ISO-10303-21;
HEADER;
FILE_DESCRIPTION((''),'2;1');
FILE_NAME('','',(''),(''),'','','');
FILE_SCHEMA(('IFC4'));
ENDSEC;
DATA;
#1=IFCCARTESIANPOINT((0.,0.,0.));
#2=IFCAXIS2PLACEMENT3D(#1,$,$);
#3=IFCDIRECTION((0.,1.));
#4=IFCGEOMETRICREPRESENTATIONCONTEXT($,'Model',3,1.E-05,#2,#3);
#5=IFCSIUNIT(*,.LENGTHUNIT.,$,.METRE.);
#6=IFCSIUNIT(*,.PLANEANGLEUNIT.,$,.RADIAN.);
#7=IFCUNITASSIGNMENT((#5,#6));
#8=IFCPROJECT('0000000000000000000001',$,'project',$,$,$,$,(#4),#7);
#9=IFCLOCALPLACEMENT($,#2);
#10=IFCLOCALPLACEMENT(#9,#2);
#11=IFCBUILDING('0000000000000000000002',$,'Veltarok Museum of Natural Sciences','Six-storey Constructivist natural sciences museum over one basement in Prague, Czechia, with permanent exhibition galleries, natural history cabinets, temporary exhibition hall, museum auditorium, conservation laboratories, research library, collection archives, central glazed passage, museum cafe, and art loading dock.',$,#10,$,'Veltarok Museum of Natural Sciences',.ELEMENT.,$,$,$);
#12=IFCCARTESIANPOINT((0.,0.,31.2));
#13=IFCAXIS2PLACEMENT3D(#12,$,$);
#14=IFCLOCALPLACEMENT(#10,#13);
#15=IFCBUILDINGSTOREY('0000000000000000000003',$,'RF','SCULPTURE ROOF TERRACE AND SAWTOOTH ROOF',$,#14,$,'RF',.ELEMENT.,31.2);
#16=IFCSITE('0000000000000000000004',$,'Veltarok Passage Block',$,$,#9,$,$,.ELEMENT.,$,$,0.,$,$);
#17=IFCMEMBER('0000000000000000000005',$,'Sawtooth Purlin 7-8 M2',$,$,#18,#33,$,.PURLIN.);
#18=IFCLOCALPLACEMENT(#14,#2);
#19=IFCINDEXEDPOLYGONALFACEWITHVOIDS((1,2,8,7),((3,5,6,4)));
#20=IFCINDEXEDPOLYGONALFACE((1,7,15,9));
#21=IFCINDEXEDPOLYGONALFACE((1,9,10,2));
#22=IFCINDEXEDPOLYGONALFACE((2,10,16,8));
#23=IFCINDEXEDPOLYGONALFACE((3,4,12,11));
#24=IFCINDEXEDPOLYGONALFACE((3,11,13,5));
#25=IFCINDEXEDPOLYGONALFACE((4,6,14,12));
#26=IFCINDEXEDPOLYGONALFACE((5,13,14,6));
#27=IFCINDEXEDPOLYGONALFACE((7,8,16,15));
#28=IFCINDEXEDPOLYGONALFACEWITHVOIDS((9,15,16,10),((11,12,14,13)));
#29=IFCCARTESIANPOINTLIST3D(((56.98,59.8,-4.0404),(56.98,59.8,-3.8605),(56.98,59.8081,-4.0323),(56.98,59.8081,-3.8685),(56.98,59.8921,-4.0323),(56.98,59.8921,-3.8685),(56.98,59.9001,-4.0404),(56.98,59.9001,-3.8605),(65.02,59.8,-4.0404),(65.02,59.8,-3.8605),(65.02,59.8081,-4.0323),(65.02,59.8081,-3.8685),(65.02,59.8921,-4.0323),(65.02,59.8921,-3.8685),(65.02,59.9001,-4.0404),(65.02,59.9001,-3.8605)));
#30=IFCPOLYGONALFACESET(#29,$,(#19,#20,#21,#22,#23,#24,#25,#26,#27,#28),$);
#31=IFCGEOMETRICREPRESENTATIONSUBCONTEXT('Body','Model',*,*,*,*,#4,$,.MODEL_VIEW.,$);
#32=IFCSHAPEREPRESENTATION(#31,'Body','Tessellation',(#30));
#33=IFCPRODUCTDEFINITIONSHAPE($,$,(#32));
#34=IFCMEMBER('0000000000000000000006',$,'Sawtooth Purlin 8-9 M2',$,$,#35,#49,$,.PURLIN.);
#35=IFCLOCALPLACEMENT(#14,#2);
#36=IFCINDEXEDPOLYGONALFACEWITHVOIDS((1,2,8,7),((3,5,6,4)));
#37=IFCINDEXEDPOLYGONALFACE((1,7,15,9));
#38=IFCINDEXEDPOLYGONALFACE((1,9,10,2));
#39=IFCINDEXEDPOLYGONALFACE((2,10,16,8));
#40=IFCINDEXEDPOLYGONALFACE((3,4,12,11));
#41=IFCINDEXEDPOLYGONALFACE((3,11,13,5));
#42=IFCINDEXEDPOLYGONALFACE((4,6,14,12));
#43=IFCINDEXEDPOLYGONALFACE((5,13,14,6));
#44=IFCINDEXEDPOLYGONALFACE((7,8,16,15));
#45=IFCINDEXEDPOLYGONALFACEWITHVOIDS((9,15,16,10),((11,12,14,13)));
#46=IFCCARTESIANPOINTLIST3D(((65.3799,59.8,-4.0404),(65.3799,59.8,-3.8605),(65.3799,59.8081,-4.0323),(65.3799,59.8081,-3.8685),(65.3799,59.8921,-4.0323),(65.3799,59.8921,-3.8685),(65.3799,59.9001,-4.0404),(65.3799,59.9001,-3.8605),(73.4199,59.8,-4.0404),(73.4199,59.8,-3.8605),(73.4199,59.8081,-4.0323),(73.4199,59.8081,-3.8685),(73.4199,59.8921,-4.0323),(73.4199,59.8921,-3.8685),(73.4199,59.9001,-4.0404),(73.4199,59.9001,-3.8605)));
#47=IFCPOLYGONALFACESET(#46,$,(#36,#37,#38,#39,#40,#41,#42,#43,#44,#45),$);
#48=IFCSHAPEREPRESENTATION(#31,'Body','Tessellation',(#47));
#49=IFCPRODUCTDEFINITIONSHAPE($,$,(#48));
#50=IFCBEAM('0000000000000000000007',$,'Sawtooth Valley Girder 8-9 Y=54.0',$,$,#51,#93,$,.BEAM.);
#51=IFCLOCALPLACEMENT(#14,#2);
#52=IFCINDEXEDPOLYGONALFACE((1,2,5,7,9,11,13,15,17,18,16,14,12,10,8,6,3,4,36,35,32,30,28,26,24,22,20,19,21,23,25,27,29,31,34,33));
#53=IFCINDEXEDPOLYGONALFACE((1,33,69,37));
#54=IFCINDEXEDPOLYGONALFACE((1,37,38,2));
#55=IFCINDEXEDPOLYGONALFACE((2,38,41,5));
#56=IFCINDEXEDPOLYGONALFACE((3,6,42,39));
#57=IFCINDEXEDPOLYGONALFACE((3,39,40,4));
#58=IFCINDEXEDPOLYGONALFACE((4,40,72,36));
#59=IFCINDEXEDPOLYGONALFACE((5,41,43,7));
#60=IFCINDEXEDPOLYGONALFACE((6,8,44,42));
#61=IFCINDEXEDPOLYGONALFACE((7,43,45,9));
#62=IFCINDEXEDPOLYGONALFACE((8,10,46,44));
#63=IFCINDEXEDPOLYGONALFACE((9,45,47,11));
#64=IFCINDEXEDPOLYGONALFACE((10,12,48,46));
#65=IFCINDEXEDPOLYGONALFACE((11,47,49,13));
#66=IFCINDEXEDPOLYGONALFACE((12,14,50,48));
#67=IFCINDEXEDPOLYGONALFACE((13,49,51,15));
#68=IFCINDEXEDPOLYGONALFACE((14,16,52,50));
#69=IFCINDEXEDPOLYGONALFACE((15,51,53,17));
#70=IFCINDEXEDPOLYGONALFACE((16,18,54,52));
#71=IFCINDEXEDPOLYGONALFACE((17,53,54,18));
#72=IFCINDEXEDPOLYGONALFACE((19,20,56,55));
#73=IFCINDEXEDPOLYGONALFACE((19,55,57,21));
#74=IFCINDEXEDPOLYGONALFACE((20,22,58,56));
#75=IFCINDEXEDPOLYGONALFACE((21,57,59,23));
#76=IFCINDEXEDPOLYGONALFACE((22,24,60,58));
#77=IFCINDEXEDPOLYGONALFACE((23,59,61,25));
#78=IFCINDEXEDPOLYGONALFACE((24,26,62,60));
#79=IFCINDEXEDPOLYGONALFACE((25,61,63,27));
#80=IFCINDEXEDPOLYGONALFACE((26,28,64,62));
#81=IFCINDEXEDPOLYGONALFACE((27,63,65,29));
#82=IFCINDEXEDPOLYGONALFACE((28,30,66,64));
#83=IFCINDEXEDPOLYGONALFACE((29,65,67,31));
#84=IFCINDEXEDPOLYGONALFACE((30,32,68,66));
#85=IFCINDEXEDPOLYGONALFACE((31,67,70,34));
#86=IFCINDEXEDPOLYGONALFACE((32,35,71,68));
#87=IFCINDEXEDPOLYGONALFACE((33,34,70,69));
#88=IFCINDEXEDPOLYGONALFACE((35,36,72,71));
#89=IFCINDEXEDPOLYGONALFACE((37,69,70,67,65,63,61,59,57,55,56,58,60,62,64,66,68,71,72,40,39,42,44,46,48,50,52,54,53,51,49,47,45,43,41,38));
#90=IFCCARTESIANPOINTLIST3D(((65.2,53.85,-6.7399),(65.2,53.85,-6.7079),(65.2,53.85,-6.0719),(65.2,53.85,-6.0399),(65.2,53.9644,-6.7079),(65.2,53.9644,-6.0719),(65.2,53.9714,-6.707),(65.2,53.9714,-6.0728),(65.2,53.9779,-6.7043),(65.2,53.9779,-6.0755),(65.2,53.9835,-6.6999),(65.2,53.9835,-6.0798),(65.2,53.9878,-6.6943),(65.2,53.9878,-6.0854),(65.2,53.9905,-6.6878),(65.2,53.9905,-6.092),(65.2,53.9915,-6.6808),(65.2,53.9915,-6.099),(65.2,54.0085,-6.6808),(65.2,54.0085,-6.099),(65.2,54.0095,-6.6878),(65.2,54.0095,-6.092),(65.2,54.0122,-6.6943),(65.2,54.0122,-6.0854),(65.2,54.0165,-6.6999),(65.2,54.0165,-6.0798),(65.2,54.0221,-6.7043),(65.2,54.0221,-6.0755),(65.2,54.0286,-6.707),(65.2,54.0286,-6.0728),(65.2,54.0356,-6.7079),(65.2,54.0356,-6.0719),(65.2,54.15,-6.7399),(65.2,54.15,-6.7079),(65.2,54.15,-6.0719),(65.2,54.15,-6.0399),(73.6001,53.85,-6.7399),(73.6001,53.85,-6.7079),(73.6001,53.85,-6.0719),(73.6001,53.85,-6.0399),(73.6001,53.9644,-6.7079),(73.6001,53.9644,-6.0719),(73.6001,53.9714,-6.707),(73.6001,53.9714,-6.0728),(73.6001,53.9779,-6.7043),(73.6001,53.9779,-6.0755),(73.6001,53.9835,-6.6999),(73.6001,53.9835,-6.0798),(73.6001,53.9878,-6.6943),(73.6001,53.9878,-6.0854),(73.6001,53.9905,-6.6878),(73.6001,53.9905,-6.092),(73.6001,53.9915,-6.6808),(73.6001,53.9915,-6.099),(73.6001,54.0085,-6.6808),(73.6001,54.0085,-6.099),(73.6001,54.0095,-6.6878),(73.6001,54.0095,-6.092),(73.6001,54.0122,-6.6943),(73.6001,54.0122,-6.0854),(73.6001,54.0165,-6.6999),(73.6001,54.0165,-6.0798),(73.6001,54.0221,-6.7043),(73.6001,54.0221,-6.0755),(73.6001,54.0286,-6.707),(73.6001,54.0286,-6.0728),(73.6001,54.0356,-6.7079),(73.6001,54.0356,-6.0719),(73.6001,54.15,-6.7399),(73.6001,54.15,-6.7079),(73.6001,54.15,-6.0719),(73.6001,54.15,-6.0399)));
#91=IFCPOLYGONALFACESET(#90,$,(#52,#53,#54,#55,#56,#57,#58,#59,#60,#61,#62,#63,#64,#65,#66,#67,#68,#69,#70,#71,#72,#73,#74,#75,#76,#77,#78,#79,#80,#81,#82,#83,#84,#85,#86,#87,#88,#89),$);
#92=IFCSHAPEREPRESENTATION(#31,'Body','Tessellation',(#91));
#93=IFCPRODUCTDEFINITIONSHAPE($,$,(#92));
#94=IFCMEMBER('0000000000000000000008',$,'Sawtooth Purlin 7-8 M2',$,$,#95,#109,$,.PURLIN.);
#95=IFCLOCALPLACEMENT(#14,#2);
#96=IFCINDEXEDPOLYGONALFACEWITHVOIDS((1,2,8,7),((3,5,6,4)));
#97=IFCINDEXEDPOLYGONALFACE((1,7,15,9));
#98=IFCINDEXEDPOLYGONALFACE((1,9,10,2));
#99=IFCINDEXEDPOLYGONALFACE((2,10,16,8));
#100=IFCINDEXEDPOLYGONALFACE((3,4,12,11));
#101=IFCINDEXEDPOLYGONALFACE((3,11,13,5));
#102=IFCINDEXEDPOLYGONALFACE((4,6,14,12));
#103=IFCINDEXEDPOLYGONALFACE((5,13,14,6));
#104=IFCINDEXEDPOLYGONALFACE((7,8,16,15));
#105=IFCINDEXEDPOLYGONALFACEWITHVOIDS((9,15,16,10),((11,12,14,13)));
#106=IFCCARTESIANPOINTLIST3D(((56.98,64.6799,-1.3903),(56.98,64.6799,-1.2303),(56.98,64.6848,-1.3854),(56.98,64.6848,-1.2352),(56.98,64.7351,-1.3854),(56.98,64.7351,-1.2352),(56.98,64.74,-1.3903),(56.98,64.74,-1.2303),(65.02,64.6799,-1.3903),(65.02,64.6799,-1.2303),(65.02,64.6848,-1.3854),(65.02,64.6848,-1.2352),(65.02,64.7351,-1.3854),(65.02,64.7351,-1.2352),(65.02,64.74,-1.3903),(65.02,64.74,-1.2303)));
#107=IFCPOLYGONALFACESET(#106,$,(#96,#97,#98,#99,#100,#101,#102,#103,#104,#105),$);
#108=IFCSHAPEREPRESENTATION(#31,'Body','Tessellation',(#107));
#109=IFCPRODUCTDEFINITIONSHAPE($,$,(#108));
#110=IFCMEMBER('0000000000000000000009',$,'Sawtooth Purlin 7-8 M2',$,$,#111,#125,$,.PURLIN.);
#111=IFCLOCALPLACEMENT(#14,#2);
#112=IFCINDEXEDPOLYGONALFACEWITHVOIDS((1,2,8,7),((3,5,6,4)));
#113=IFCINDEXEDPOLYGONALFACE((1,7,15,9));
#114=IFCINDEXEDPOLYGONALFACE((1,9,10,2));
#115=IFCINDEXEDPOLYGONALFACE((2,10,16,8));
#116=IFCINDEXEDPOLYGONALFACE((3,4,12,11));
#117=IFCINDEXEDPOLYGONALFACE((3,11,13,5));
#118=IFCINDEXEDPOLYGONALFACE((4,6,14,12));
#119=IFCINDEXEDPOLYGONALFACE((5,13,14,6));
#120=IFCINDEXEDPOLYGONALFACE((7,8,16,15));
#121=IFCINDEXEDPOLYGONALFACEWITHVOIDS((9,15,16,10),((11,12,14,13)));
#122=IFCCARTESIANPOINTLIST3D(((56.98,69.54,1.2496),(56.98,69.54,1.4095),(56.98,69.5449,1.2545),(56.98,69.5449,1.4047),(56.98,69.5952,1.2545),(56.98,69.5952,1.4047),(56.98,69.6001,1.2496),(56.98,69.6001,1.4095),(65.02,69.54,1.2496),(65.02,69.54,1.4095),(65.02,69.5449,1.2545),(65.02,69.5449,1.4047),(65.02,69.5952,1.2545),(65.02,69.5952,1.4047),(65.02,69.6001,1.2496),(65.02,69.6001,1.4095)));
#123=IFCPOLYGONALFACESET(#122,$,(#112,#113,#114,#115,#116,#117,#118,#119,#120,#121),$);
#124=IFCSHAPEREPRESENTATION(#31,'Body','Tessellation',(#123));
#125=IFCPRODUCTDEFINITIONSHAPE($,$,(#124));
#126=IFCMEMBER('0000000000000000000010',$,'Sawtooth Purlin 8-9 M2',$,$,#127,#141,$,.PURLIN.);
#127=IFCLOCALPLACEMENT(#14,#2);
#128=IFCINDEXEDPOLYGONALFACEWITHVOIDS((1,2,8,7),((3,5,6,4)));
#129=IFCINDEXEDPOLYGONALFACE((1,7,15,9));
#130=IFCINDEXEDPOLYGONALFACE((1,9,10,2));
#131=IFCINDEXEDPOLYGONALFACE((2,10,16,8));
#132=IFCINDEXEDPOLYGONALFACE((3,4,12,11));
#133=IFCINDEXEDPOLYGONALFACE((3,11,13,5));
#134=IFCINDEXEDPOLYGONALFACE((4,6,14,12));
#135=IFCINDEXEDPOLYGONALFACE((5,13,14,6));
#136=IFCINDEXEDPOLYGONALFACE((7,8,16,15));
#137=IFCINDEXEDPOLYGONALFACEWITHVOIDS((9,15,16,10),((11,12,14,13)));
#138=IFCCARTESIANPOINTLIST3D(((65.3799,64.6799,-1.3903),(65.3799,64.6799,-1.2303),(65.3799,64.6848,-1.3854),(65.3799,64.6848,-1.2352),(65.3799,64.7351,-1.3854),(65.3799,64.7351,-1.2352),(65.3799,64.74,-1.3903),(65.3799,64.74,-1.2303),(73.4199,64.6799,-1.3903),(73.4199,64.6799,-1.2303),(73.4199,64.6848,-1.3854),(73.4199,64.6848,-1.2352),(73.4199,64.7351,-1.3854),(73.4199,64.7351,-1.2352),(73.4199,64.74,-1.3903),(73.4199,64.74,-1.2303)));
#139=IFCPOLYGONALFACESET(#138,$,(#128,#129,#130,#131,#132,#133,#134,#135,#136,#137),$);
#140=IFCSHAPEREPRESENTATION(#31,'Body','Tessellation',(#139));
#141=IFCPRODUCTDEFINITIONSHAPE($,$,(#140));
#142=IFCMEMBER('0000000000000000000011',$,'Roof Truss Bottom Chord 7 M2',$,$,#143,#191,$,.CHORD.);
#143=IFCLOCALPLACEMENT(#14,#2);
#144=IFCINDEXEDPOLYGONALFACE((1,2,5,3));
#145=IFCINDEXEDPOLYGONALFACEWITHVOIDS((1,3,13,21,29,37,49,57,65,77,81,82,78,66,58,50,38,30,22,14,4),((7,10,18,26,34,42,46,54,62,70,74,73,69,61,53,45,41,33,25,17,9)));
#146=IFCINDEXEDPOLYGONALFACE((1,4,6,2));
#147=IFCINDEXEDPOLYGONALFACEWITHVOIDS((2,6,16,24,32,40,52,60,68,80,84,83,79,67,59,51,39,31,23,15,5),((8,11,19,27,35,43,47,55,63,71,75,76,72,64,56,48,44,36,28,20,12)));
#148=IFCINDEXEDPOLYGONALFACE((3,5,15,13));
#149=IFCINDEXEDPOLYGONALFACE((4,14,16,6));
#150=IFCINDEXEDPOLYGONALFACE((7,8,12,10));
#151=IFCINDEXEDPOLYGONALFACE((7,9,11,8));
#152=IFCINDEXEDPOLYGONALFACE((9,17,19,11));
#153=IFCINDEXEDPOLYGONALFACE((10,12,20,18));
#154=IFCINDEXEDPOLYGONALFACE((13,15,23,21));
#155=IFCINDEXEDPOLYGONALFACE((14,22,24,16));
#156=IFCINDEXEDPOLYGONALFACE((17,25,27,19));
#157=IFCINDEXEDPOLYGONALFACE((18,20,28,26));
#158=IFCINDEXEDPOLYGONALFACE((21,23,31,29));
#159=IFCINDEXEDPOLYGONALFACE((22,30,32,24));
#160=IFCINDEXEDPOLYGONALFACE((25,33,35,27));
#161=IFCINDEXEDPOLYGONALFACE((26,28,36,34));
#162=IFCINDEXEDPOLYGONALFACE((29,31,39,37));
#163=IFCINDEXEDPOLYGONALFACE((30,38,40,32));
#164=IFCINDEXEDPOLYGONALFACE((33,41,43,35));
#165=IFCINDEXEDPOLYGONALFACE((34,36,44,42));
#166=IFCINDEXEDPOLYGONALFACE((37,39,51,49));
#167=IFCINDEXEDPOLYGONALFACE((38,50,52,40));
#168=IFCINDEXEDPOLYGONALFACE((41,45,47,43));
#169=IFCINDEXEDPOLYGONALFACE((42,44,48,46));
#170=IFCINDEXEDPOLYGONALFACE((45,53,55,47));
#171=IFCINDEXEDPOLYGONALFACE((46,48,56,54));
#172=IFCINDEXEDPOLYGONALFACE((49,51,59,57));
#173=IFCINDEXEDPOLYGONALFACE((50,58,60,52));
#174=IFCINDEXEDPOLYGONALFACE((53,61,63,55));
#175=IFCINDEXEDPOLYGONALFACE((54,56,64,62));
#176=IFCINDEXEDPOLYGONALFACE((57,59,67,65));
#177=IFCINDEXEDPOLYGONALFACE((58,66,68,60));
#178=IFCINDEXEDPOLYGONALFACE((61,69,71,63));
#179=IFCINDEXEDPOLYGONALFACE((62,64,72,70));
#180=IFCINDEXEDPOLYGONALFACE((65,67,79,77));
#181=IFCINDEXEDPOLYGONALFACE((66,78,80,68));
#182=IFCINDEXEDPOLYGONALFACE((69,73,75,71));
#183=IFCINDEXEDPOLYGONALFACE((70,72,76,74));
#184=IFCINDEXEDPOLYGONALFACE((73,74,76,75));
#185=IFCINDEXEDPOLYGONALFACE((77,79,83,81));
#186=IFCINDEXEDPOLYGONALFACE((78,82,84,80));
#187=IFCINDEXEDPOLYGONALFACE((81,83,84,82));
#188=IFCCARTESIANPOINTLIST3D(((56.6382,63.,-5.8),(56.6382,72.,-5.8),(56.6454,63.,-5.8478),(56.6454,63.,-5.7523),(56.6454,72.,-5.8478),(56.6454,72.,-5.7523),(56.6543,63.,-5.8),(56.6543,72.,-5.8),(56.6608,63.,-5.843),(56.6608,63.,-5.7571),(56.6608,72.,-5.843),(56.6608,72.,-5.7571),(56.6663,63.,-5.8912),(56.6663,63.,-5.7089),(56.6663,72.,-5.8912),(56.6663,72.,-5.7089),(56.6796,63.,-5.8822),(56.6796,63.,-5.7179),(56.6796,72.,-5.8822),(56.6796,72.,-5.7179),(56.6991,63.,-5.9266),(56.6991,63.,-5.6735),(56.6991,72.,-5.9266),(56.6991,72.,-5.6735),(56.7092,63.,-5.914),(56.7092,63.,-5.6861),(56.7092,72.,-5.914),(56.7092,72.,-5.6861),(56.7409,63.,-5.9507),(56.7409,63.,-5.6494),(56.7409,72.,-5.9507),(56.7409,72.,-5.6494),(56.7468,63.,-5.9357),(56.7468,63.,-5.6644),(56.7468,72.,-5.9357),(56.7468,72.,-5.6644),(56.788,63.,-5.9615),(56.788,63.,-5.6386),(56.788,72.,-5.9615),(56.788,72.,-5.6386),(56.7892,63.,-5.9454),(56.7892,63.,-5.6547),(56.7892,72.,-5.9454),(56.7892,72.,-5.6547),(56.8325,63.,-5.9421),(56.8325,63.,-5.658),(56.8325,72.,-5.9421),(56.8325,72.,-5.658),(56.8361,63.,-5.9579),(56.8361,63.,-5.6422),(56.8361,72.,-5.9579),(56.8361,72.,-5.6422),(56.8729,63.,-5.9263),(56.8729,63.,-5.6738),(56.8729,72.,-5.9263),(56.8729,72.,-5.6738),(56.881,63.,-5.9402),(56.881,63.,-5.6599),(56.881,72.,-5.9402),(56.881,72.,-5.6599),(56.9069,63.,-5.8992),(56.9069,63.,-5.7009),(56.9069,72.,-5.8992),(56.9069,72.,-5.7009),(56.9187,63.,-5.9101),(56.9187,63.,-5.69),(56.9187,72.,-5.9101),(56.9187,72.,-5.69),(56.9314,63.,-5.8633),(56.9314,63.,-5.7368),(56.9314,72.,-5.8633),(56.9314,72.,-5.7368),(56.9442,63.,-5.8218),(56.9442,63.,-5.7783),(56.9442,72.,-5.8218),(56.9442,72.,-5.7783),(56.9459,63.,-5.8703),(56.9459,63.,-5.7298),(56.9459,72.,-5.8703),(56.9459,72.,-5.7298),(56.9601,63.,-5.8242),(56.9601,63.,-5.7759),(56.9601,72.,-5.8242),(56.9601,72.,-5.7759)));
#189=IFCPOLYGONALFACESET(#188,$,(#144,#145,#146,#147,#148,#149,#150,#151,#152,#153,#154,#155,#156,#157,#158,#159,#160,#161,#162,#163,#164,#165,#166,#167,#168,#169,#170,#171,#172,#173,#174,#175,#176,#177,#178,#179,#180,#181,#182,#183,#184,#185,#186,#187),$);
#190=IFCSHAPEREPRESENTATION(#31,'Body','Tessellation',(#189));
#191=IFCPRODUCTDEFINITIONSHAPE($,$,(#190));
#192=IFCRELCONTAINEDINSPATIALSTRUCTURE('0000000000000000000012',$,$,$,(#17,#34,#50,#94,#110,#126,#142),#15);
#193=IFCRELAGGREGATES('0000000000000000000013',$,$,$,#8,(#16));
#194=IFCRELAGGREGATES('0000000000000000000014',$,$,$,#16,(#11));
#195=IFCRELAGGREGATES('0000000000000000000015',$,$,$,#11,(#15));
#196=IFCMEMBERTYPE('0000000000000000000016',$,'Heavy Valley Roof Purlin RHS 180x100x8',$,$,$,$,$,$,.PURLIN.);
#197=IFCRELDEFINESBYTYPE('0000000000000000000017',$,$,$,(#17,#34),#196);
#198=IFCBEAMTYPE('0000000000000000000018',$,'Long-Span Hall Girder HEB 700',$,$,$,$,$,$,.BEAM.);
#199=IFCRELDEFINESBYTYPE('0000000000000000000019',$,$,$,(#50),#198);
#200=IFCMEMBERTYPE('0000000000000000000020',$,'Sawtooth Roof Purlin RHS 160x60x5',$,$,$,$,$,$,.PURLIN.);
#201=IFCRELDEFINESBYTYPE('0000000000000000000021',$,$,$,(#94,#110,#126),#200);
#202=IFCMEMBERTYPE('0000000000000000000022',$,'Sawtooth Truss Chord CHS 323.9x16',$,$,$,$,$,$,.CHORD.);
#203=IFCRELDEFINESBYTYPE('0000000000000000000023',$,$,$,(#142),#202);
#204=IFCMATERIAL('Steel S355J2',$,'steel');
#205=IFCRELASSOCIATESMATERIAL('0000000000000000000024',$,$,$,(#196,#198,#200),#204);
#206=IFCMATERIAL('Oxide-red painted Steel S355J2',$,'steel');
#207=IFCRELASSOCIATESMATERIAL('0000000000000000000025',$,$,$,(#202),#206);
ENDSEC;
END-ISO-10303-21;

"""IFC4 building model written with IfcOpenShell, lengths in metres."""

from ifc_helpers import new_model, si_unit, direction, frame, origin, origin_2d, place, context, subcontext, project, spatial, hollow_rectangle, hollow_circle, i_section, extrude, material, material_profile, profile_set, type_object, element, save


model = new_model("IFC4")

# Units and contexts
model_context = context("Model", 3, precision=1e-05, world=origin(), true_north=direction((0.0, 1.0)))
body_context = subcontext(model_context, "Body", "Model", "MODEL_VIEW")
ifc_project = project(units=[si_unit("LENGTHUNIT", "METRE"), si_unit("PLANEANGLEUNIT", "RADIAN")], contexts=[model_context])

# Site, building, storey
site_placement = place(None, origin())
site = spatial("IfcSite", under=ifc_project, at=site_placement, Name="Veltarok Passage Block", CompositionType="ELEMENT", RefElevation=0.0)
building_placement = place(site_placement, origin())
building = spatial("IfcBuilding", under=site, at=building_placement, Name="Veltarok Museum of Natural Sciences", Description="Six-storey Constructivist natural sciences museum over one basement in Prague, Czechia, with permanent exhibition galleries, natural history cabinets, temporary exhibition hall, museum auditorium, conservation laboratories, research library, collection archives, central glazed passage, museum cafe, and art loading dock.", LongName="Veltarok Museum of Natural Sciences", CompositionType="ELEMENT")
storey_placement = place(building_placement, frame((0.0, 0.0, 31.2)))
storey = spatial("IfcBuildingStorey", under=building, at=storey_placement, Name="RF", Description="SCULPTURE ROOF TERRACE AND SAWTOOTH ROOF", LongName="RF", CompositionType="ELEMENT", Elevation=31.2)

# Members
ifc_material_1 = material(Name="Steel S355J2", Category="steel")
ifc_material_profile_1 = material_profile(ifc_material_1, hollow_rectangle(XDim=0.1001, YDim=0.1799, WallThickness=0.0081, at=origin_2d()), Name="RHS 180x100x8")
ifc_profile_set_1 = profile_set([ifc_material_profile_1], Name="Steel S355J2")
member_type_1 = type_object("IfcMemberType", Name="Heavy Valley Roof Purlin RHS 180x100x8", PredefinedType="PURLIN", material=ifc_profile_set_1)
for number, where, z_axis, x_axis, name in (
    (1, (56.98, 59.8501, -3.9504), (1.0, 0.0, 0.0), (0.0, 1.0, 0.0), "Sawtooth Purlin 7-8 M2"),
    (2, (65.3799, 59.8501, -3.9504), (1.0, 0.0, 0.0), (0.0, 1.0, 0.0), "Sawtooth Purlin 8-9 M2"),
):
    element("IfcMember", number, at=place(storey_placement, frame(where, z_axis=z_axis, x_axis=x_axis)), inside=storey, type_object=member_type_1, Name=name, PredefinedType="PURLIN", context=body_context, shape_type="SweptSolid", body=[
        extrude(hollow_rectangle(XDim=0.1001, YDim=0.1799, WallThickness=0.0081, at=origin_2d()), origin(), (0.0, 0.0, 1.0), 8.04),
    ])

# Beam
ifc_material_profile_2 = material_profile(ifc_material_1, i_section(OverallWidth=0.3, OverallDepth=0.7, WebThickness=0.0171, FlangeThickness=0.032, FilletRadius=0.0271, at=origin_2d()), Name="HEB 700")
ifc_profile_set_2 = profile_set([ifc_material_profile_2], Name="Steel S355J2")
beam_type = type_object("IfcBeamType", Name="Long-Span Hall Girder HEB 700", PredefinedType="BEAM", material=ifc_profile_set_2)
beam_placement = place(storey_placement, frame((65.2, 54.0, -6.3899), z_axis=(1.0, 0.0, 0.0), x_axis=(0.0, 1.0, 0.0)))
element("IfcBeam", 3, at=beam_placement, inside=storey, type_object=beam_type, Name="Sawtooth Valley Girder 8-9 Y=54.0", PredefinedType="BEAM", context=body_context, shape_type="SweptSolid", body=[
    extrude(i_section(OverallWidth=0.3, OverallDepth=0.7, WebThickness=0.0171, FlangeThickness=0.032, FilletRadius=0.0271, at=origin_2d()), origin(), (0.0, 0.0, 1.0), 8.4001),
])

# Members
ifc_material_profile_3 = material_profile(ifc_material_1, hollow_rectangle(XDim=0.0601, YDim=0.1599, WallThickness=0.0049, at=origin_2d()), Name="RHS 160x60x5")
ifc_profile_set_3 = profile_set([ifc_material_profile_3], Name="Steel S355J2")
member_type_2 = type_object("IfcMemberType", Name="Sawtooth Roof Purlin RHS 160x60x5", PredefinedType="PURLIN", material=ifc_profile_set_3)
for number, where, z_axis, x_axis, name in (
    (4, (56.98, 64.71, -1.3103), (1.0, 0.0, 0.0), (0.0, 1.0, 0.0), "Sawtooth Purlin 7-8 M2"),
    (5, (56.98, 69.5701, 1.3296), (1.0, 0.0, 0.0), (0.0, 1.0, 0.0), "Sawtooth Purlin 7-8 M2"),
    (6, (65.3799, 64.71, -1.3103), (1.0, 0.0, 0.0), (0.0, 1.0, 0.0), "Sawtooth Purlin 8-9 M2"),
):
    element("IfcMember", number, at=place(storey_placement, frame(where, z_axis=z_axis, x_axis=x_axis)), inside=storey, type_object=member_type_2, Name=name, PredefinedType="PURLIN", context=body_context, shape_type="SweptSolid", body=[
        extrude(hollow_rectangle(XDim=0.0601, YDim=0.1599, WallThickness=0.0049, at=origin_2d()), origin(), (0.0, 0.0, 1.0), 8.04),
    ])
ifc_material_2 = material(Name="Oxide-red painted Steel S355J2", Category="steel")
ifc_material_profile_4 = material_profile(ifc_material_2, hollow_circle(Radius=0.1619, WallThickness=0.0161, at=origin_2d()), Name="CHS 323.9x16")
ifc_profile_set_4 = profile_set([ifc_material_profile_4], Name="Oxide-red painted Steel S355J2")
member_type_3 = type_object("IfcMemberType", Name="Sawtooth Truss Chord CHS 323.9x16", PredefinedType="CHORD", material=ifc_profile_set_4)
member_1_placement = place(storey_placement, frame((56.8, 63.0, -5.8), z_axis=(0.0, 1.0, 0.0), x_axis=(-1.0, 0.0, 0.0)))
element("IfcMember", 7, at=member_1_placement, inside=storey, type_object=member_type_3, Name="Roof Truss Bottom Chord 7 M2", PredefinedType="CHORD", context=body_context, shape_type="SweptSolid", body=[
    extrude(hollow_circle(Radius=0.1619, WallThickness=0.0161, at=origin_2d()), origin(), (0.0, 0.0, 1.0), 9.0),
])

save(model, "model.ifc")
